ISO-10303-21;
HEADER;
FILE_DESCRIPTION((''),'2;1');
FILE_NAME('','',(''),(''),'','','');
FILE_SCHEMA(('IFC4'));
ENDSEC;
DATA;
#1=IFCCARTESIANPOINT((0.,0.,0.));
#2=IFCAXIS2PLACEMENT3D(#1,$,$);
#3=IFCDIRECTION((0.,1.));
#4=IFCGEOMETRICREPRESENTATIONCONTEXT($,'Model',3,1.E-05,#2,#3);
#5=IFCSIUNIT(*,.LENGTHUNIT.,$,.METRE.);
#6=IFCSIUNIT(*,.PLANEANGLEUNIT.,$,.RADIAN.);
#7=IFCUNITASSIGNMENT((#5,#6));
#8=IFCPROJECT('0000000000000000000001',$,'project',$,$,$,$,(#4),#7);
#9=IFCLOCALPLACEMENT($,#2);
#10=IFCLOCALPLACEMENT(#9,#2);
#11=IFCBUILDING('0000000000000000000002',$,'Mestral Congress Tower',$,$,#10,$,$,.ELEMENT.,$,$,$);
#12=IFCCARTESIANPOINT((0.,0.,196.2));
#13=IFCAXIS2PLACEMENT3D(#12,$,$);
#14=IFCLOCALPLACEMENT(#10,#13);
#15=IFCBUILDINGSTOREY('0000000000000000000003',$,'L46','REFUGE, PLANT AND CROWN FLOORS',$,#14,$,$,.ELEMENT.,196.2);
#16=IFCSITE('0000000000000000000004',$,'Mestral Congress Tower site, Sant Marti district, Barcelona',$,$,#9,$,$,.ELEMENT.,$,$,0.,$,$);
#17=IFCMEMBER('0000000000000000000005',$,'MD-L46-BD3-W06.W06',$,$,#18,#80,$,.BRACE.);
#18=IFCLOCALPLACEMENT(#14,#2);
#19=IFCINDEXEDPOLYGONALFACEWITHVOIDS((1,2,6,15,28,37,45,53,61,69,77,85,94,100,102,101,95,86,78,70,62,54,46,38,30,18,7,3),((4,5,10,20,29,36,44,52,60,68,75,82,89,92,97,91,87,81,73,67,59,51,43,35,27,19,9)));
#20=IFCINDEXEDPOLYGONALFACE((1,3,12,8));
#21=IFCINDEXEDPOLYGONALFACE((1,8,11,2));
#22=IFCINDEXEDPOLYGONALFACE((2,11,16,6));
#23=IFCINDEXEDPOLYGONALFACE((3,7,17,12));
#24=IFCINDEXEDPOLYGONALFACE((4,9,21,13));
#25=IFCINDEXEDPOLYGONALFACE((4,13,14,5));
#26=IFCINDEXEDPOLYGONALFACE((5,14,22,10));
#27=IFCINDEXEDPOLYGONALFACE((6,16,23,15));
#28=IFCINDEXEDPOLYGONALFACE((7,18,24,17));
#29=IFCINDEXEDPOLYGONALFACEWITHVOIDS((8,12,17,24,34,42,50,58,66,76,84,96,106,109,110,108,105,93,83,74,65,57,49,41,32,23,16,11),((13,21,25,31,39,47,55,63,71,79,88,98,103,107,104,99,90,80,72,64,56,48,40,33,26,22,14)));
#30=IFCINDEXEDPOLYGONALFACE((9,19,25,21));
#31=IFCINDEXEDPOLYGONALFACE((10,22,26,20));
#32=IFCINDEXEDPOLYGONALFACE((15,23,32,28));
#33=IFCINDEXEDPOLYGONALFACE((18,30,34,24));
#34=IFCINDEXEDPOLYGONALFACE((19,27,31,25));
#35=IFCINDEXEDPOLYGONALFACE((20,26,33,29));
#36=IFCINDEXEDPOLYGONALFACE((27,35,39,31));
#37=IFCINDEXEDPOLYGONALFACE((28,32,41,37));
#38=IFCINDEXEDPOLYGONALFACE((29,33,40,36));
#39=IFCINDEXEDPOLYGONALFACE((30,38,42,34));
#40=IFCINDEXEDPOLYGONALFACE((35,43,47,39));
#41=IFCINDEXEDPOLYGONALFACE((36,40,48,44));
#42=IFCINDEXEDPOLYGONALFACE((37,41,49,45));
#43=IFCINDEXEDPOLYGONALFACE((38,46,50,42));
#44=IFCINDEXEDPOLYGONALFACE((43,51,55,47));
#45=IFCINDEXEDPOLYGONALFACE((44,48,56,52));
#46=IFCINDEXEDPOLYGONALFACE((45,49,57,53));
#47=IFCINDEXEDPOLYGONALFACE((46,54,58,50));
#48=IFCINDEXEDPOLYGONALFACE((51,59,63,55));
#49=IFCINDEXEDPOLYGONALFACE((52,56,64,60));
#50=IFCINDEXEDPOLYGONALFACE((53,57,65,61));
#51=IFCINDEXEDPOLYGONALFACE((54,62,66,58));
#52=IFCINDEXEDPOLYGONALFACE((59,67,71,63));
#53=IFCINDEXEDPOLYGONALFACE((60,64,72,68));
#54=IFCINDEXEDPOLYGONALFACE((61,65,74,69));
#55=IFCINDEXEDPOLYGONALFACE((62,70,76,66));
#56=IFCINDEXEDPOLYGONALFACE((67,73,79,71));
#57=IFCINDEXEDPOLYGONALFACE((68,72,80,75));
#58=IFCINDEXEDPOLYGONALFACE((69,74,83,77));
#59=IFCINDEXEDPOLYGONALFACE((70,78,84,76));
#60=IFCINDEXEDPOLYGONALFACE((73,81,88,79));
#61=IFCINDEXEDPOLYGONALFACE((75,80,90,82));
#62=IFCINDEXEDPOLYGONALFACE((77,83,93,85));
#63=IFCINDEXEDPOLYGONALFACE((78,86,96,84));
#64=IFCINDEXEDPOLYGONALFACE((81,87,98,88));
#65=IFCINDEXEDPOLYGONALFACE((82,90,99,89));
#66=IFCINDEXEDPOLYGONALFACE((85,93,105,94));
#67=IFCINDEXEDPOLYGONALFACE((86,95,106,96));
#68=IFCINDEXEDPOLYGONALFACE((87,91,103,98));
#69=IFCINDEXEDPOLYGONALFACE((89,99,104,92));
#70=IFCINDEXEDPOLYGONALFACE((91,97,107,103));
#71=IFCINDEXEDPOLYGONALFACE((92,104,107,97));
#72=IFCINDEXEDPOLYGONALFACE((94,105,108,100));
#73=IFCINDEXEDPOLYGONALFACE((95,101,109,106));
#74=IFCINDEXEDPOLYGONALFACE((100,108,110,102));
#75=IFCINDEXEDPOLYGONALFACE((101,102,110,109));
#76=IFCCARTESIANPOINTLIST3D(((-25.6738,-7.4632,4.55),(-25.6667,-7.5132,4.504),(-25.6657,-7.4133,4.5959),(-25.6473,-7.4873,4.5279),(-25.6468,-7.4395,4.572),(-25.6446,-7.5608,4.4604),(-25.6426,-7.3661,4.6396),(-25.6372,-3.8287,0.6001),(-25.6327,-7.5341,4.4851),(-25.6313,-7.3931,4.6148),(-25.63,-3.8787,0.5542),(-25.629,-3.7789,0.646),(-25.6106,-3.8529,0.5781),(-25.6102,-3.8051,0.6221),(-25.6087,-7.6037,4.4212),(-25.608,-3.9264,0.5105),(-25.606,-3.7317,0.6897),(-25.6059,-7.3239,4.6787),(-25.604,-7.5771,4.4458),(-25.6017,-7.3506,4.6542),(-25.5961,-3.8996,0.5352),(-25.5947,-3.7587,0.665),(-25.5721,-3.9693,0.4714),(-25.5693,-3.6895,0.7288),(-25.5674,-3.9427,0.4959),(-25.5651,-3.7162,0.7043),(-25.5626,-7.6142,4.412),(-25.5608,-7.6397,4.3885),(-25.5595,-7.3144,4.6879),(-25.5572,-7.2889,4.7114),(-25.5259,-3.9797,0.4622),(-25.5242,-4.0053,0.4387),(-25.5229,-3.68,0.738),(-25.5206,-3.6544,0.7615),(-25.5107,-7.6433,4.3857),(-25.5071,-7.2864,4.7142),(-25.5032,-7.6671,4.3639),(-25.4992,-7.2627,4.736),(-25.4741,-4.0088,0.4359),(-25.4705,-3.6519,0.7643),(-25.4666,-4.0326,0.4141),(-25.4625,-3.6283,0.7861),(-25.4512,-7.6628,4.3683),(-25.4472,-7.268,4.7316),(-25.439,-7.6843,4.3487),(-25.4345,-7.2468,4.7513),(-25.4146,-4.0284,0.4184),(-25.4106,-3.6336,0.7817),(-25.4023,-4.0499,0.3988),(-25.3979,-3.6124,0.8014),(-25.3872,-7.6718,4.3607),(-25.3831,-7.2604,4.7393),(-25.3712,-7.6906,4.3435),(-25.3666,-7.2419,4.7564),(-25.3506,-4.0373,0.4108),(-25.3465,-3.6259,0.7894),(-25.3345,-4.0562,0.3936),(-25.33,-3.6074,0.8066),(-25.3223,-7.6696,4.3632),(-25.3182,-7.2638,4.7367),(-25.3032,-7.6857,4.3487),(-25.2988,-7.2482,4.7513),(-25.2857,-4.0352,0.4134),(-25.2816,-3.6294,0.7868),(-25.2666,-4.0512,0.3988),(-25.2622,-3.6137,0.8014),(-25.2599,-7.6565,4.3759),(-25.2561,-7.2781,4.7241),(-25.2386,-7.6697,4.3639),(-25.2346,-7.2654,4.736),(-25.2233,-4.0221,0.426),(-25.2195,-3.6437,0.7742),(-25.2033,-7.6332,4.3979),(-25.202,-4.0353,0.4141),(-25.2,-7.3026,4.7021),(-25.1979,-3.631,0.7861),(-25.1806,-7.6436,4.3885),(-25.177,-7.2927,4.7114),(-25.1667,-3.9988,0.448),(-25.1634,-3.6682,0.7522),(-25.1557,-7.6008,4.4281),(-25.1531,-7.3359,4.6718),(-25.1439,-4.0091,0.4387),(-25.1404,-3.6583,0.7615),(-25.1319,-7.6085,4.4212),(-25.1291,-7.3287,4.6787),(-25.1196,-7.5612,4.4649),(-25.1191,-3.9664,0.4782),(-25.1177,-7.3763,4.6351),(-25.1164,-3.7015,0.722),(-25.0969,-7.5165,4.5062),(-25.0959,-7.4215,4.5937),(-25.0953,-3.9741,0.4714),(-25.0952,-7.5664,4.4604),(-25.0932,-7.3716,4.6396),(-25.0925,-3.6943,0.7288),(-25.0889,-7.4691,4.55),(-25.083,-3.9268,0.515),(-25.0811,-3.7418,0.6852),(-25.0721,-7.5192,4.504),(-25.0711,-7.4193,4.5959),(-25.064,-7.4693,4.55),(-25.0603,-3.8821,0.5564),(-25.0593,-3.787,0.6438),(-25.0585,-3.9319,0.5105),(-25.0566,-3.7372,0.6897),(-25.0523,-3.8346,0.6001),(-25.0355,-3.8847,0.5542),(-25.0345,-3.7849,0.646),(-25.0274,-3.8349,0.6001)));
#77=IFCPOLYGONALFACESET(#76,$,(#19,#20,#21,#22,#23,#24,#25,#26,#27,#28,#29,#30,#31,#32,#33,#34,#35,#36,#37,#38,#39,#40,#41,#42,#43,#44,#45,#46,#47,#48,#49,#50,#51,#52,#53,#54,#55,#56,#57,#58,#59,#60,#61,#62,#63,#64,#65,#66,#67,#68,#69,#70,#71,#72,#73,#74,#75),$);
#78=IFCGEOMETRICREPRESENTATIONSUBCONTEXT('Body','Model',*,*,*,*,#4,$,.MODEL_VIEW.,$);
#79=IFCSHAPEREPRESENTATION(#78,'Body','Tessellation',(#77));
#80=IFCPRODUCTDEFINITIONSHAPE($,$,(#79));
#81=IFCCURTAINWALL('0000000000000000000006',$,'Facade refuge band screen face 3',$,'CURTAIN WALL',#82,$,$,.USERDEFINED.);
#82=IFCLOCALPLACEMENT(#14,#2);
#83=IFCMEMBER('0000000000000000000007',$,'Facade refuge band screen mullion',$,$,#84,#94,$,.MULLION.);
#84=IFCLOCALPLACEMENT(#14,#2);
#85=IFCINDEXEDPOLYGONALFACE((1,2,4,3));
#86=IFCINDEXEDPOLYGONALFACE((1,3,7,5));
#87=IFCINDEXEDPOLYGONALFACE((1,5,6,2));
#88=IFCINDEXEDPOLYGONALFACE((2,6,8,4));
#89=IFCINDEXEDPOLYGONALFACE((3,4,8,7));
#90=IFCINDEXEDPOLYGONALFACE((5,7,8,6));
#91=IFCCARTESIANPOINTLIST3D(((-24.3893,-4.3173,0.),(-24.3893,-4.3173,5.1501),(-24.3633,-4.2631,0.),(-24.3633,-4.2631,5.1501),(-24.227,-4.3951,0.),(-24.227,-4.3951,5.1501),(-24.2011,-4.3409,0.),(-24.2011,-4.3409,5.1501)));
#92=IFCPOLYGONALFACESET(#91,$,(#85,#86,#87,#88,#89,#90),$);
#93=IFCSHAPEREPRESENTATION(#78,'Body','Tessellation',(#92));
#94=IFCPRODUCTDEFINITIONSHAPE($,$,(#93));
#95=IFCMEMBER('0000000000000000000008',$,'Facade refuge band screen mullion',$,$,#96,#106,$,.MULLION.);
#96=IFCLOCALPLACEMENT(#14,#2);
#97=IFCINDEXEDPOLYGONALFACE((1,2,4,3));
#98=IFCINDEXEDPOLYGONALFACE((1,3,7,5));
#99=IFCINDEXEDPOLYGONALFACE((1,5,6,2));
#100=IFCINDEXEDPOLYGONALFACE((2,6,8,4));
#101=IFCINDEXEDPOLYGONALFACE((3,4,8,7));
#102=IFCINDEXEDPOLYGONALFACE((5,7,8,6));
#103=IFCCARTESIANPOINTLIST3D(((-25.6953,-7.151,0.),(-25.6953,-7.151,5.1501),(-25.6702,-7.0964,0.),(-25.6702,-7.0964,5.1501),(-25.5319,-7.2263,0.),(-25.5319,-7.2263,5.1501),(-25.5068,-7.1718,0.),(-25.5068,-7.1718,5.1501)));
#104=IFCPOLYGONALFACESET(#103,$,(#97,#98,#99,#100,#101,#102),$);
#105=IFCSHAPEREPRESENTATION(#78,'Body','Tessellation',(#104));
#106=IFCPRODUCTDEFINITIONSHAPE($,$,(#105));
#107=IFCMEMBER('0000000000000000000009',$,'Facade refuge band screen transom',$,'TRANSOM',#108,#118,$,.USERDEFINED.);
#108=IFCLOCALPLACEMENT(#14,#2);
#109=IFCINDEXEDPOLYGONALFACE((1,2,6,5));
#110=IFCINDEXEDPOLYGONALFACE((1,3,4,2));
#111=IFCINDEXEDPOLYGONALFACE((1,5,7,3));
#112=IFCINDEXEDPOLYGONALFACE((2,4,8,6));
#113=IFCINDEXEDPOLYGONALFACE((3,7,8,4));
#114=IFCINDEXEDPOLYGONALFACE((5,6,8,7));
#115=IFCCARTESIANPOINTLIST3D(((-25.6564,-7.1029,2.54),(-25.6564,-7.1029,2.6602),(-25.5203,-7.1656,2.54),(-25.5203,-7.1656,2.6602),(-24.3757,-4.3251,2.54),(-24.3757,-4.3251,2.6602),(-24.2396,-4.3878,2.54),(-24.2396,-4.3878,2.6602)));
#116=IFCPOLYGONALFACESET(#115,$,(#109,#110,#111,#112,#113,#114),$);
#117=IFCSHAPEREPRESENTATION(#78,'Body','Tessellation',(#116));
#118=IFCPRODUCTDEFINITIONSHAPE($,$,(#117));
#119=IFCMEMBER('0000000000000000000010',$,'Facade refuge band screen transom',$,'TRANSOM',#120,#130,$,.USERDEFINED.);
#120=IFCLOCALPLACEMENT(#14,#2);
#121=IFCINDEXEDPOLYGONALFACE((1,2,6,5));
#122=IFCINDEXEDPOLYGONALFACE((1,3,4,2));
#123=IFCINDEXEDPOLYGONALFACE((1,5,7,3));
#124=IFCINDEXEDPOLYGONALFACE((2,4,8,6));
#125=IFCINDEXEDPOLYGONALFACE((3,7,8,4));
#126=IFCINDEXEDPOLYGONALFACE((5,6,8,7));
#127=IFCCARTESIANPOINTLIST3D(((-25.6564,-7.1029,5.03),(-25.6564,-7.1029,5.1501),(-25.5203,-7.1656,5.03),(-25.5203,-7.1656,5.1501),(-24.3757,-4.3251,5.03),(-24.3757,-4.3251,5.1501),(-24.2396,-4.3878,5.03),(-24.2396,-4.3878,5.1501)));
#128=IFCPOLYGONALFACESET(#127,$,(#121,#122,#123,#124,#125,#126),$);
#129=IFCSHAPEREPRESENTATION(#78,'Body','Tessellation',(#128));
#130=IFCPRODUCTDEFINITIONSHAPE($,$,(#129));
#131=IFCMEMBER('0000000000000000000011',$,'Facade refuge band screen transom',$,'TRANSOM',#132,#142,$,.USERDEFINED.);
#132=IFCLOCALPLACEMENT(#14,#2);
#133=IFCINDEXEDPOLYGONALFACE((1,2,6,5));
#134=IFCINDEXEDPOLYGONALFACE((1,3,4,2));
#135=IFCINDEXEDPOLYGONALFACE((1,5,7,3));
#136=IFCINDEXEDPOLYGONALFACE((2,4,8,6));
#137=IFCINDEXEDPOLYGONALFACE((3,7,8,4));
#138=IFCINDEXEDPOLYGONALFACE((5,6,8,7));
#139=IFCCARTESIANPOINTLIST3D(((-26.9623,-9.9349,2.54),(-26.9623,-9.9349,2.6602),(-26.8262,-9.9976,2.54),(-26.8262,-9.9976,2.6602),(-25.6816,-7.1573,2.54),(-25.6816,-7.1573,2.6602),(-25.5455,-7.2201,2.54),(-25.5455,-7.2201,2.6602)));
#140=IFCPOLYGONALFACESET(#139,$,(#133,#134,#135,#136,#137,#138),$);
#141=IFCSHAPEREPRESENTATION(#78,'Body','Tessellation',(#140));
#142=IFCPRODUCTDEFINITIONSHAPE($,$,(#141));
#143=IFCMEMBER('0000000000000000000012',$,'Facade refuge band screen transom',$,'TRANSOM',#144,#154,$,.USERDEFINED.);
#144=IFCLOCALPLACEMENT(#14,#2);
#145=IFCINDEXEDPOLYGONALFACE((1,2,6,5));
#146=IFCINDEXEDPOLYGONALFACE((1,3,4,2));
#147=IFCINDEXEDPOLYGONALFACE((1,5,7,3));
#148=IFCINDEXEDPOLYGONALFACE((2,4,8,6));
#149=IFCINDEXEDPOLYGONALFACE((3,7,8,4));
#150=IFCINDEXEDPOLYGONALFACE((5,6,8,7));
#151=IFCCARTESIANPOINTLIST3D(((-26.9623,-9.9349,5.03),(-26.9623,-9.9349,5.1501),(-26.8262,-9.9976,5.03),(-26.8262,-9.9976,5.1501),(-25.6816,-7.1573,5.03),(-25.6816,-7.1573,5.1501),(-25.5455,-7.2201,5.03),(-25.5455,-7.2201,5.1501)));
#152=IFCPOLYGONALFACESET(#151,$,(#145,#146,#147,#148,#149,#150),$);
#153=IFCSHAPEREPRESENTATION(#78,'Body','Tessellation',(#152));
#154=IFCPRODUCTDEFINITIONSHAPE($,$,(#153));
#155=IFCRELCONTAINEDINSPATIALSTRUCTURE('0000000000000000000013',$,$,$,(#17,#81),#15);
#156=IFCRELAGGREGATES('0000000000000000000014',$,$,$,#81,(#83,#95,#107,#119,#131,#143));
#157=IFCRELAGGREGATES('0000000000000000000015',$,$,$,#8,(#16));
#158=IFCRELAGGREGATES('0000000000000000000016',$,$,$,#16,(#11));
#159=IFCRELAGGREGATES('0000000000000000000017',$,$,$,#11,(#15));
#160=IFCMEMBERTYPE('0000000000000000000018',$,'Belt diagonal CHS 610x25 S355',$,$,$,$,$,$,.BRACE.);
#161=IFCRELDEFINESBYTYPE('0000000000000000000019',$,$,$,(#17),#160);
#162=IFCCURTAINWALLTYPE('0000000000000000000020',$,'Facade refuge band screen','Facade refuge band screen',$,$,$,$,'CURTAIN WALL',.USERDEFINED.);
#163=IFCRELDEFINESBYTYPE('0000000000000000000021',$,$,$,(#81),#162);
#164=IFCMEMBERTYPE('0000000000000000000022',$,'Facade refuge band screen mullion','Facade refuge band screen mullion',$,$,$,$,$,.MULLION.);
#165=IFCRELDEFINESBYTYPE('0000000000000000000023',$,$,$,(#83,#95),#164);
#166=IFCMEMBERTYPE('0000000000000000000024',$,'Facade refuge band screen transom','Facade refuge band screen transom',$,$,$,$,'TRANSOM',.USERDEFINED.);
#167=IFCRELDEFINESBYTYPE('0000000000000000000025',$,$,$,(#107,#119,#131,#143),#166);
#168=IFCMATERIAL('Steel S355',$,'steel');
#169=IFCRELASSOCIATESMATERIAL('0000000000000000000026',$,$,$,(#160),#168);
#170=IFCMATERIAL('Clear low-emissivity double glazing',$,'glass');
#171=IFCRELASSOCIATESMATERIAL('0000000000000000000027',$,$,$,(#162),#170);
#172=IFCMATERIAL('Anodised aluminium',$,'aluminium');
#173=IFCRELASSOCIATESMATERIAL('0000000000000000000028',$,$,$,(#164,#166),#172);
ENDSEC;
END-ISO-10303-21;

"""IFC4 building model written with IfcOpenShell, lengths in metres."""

from ifc_helpers import new_model, si_unit, direction, frame, origin, origin_2d, place, context, subcontext, project, spatial, rectangle, hollow_circle, extrude, material, material_profile, profile_set, type_object, element, aggregate, save


model = new_model("IFC4")

# Units and contexts
model_context = context("Model", 3, precision=1e-05, world=origin(), true_north=direction((0.0, 1.0)))
body_context = subcontext(model_context, "Body", "Model", "MODEL_VIEW")
ifc_project = project(units=[si_unit("LENGTHUNIT", "METRE"), si_unit("PLANEANGLEUNIT", "RADIAN")], contexts=[model_context])

# Site, building, storey
site_placement = place(None, origin())
site = spatial("IfcSite", under=ifc_project, at=site_placement, Name="Mestral Congress Tower site, Sant Marti district, Barcelona", CompositionType="ELEMENT", RefElevation=0.0)
building_placement = place(site_placement, origin())
building = spatial("IfcBuilding", under=site, at=building_placement, Name="Mestral Congress Tower", CompositionType="ELEMENT")
storey_placement = place(building_placement, frame((0.0, 0.0, 196.2)))
storey = spatial("IfcBuildingStorey", under=building, at=storey_placement, Name="L46", Description="REFUGE, PLANT AND CROWN FLOORS", CompositionType="ELEMENT", Elevation=196.2)

# Member
ifc_material_1 = material(Name="Steel S355", Category="steel")
ifc_material_profile_1 = material_profile(ifc_material_1, hollow_circle(Radius=0.3049, WallThickness=0.0249, at=origin_2d()), Name="CHS 610x25")
ifc_profile_set_1 = profile_set([ifc_material_profile_1], Name="Steel S355")
member_type_1 = type_object("IfcMemberType", Name="Belt diagonal CHS 610x25 S355", PredefinedType="BRACE", material=ifc_profile_set_1)
member_1_placement = place(storey_placement, frame((-25.3323, -3.8318, 0.6001), z_axis=(-0.006822, -0.677098, 0.735861), x_axis=(0.999949, -0.010075, 0.0)))
element("IfcMember", 1, at=member_1_placement, inside=storey, type_object=member_type_1, Name="MD-L46-BD3-W06.W06", PredefinedType="BRACE", context=body_context, shape_type="SweptSolid", body=[
    extrude(hollow_circle(Radius=0.3049, WallThickness=0.0249, at=origin_2d()), origin(), (0.0, 0.0, 1.0), 5.3677),
])

# Curtain wall, members
ifc_material_2 = material(Name="Clear low-emissivity double glazing", Category="glass")
curtain_wall_type = type_object("IfcCurtainWallType", Name="Facade refuge band screen", Description="Facade refuge band screen", ElementType="CURTAIN WALL", PredefinedType="USERDEFINED", material=ifc_material_2)
curtain_wall_placement = place(storey_placement, origin())
curtain_wall = element("IfcCurtainWall", 2, at=curtain_wall_placement, inside=storey, type_object=curtain_wall_type, Name="Facade refuge band screen face 3", ObjectType="CURTAIN WALL", PredefinedType="USERDEFINED")
ifc_material_3 = material(Name="Anodised aluminium", Category="aluminium")
ifc_material_profile_2 = material_profile(ifc_material_3, rectangle(XDim=0.1799, YDim=0.0601, at=origin_2d()), Name="CW3 mullion 180 x 60")
ifc_profile_set_2 = profile_set([ifc_material_profile_2], Name="Anodised aluminium")
member_type_2 = type_object("IfcMemberType", Name="Facade refuge band screen mullion", Description="Facade refuge band screen mullion", PredefinedType="MULLION", material=ifc_profile_set_2)
member_2_placement = place(storey_placement, frame((-24.2952, -4.3291, 0.0), z_axis=(0.0, 0.0, 1.0), x_axis=(-0.901624, 0.432522, 0.0)))
member_2 = element("IfcMember", 3, at=member_2_placement, type_object=member_type_2, Name="Facade refuge band screen mullion", PredefinedType="MULLION", context=body_context, shape_type="SweptSolid", body=[
    extrude(rectangle(XDim=0.1799, YDim=0.0601, at=origin_2d()), origin(), (0.0, 0.0, 1.0), 5.1501),
])
member_3_placement = place(storey_placement, frame((-25.6011, -7.1614, 0.0), z_axis=(0.0, 0.0, 1.0), x_axis=(-0.90812, 0.41871, 0.0)))
member_3 = element("IfcMember", 4, at=member_3_placement, type_object=member_type_2, Name="Facade refuge band screen mullion", PredefinedType="MULLION", context=body_context, shape_type="SweptSolid", body=[
    extrude(rectangle(XDim=0.1799, YDim=0.0601, at=origin_2d()), origin(), (0.0, 0.0, 1.0), 5.1501),
])
ifc_material_profile_3 = material_profile(ifc_material_3, rectangle(XDim=0.1499, YDim=0.1201, at=origin_2d()), Name="CW3 transom 150 x 120")
ifc_profile_set_3 = profile_set([ifc_material_profile_3], Name="Anodised aluminium")
member_type_3 = type_object("IfcMemberType", Name="Facade refuge band screen transom", Description="Facade refuge band screen transom", ElementType="TRANSOM", PredefinedType="USERDEFINED", material=ifc_profile_set_3)
member_4_placement = place(storey_placement, frame((-24.3076, -4.3564, 2.6001), z_axis=(-0.418704, -0.908123, 0.0), x_axis=(0.908123, -0.418704, 0.0)))
member_4 = element("IfcMember", 5, at=member_4_placement, type_object=member_type_3, Name="Facade refuge band screen transom", ObjectType="TRANSOM", PredefinedType="USERDEFINED", context=body_context, shape_type="SweptSolid", body=[
    extrude(rectangle(XDim=0.1499, YDim=0.1201, at=origin_2d()), origin(), (0.0, 0.0, 1.0), 3.0588),
])
member_5_placement = place(storey_placement, frame((-24.3076, -4.3564, 5.0901), z_axis=(-0.418704, -0.908123, 0.0), x_axis=(0.908123, -0.418704, 0.0)))
member_5 = element("IfcMember", 6, at=member_5_placement, type_object=member_type_3, Name="Facade refuge band screen transom", ObjectType="TRANSOM", PredefinedType="USERDEFINED", context=body_context, shape_type="SweptSolid", body=[
    extrude(rectangle(XDim=0.1499, YDim=0.1201, at=origin_2d()), origin(), (0.0, 0.0, 1.0), 3.0588),
])
member_6_placement = place(storey_placement, frame((-25.6135, -7.1887, 2.6001), z_axis=(-0.418734, -0.908109, 0.0), x_axis=(0.908109, -0.418734, 0.0)))
member_6 = element("IfcMember", 7, at=member_6_placement, type_object=member_type_3, Name="Facade refuge band screen transom", ObjectType="TRANSOM", PredefinedType="USERDEFINED", context=body_context, shape_type="SweptSolid", body=[
    extrude(rectangle(XDim=0.1499, YDim=0.1201, at=origin_2d()), origin(), (0.0, 0.0, 1.0), 3.0586),
])
member_7_placement = place(storey_placement, frame((-25.6135, -7.1887, 5.0901), z_axis=(-0.418734, -0.908109, 0.0), x_axis=(0.908109, -0.418734, 0.0)))
member_7 = element("IfcMember", 8, at=member_7_placement, type_object=member_type_3, Name="Facade refuge band screen transom", ObjectType="TRANSOM", PredefinedType="USERDEFINED", context=body_context, shape_type="SweptSolid", body=[
    extrude(rectangle(XDim=0.1499, YDim=0.1201, at=origin_2d()), origin(), (0.0, 0.0, 1.0), 3.0586),
])

aggregate(curtain_wall, [member_2, member_3, member_4, member_5, member_6, member_7])

save(model, "model.ifc")
